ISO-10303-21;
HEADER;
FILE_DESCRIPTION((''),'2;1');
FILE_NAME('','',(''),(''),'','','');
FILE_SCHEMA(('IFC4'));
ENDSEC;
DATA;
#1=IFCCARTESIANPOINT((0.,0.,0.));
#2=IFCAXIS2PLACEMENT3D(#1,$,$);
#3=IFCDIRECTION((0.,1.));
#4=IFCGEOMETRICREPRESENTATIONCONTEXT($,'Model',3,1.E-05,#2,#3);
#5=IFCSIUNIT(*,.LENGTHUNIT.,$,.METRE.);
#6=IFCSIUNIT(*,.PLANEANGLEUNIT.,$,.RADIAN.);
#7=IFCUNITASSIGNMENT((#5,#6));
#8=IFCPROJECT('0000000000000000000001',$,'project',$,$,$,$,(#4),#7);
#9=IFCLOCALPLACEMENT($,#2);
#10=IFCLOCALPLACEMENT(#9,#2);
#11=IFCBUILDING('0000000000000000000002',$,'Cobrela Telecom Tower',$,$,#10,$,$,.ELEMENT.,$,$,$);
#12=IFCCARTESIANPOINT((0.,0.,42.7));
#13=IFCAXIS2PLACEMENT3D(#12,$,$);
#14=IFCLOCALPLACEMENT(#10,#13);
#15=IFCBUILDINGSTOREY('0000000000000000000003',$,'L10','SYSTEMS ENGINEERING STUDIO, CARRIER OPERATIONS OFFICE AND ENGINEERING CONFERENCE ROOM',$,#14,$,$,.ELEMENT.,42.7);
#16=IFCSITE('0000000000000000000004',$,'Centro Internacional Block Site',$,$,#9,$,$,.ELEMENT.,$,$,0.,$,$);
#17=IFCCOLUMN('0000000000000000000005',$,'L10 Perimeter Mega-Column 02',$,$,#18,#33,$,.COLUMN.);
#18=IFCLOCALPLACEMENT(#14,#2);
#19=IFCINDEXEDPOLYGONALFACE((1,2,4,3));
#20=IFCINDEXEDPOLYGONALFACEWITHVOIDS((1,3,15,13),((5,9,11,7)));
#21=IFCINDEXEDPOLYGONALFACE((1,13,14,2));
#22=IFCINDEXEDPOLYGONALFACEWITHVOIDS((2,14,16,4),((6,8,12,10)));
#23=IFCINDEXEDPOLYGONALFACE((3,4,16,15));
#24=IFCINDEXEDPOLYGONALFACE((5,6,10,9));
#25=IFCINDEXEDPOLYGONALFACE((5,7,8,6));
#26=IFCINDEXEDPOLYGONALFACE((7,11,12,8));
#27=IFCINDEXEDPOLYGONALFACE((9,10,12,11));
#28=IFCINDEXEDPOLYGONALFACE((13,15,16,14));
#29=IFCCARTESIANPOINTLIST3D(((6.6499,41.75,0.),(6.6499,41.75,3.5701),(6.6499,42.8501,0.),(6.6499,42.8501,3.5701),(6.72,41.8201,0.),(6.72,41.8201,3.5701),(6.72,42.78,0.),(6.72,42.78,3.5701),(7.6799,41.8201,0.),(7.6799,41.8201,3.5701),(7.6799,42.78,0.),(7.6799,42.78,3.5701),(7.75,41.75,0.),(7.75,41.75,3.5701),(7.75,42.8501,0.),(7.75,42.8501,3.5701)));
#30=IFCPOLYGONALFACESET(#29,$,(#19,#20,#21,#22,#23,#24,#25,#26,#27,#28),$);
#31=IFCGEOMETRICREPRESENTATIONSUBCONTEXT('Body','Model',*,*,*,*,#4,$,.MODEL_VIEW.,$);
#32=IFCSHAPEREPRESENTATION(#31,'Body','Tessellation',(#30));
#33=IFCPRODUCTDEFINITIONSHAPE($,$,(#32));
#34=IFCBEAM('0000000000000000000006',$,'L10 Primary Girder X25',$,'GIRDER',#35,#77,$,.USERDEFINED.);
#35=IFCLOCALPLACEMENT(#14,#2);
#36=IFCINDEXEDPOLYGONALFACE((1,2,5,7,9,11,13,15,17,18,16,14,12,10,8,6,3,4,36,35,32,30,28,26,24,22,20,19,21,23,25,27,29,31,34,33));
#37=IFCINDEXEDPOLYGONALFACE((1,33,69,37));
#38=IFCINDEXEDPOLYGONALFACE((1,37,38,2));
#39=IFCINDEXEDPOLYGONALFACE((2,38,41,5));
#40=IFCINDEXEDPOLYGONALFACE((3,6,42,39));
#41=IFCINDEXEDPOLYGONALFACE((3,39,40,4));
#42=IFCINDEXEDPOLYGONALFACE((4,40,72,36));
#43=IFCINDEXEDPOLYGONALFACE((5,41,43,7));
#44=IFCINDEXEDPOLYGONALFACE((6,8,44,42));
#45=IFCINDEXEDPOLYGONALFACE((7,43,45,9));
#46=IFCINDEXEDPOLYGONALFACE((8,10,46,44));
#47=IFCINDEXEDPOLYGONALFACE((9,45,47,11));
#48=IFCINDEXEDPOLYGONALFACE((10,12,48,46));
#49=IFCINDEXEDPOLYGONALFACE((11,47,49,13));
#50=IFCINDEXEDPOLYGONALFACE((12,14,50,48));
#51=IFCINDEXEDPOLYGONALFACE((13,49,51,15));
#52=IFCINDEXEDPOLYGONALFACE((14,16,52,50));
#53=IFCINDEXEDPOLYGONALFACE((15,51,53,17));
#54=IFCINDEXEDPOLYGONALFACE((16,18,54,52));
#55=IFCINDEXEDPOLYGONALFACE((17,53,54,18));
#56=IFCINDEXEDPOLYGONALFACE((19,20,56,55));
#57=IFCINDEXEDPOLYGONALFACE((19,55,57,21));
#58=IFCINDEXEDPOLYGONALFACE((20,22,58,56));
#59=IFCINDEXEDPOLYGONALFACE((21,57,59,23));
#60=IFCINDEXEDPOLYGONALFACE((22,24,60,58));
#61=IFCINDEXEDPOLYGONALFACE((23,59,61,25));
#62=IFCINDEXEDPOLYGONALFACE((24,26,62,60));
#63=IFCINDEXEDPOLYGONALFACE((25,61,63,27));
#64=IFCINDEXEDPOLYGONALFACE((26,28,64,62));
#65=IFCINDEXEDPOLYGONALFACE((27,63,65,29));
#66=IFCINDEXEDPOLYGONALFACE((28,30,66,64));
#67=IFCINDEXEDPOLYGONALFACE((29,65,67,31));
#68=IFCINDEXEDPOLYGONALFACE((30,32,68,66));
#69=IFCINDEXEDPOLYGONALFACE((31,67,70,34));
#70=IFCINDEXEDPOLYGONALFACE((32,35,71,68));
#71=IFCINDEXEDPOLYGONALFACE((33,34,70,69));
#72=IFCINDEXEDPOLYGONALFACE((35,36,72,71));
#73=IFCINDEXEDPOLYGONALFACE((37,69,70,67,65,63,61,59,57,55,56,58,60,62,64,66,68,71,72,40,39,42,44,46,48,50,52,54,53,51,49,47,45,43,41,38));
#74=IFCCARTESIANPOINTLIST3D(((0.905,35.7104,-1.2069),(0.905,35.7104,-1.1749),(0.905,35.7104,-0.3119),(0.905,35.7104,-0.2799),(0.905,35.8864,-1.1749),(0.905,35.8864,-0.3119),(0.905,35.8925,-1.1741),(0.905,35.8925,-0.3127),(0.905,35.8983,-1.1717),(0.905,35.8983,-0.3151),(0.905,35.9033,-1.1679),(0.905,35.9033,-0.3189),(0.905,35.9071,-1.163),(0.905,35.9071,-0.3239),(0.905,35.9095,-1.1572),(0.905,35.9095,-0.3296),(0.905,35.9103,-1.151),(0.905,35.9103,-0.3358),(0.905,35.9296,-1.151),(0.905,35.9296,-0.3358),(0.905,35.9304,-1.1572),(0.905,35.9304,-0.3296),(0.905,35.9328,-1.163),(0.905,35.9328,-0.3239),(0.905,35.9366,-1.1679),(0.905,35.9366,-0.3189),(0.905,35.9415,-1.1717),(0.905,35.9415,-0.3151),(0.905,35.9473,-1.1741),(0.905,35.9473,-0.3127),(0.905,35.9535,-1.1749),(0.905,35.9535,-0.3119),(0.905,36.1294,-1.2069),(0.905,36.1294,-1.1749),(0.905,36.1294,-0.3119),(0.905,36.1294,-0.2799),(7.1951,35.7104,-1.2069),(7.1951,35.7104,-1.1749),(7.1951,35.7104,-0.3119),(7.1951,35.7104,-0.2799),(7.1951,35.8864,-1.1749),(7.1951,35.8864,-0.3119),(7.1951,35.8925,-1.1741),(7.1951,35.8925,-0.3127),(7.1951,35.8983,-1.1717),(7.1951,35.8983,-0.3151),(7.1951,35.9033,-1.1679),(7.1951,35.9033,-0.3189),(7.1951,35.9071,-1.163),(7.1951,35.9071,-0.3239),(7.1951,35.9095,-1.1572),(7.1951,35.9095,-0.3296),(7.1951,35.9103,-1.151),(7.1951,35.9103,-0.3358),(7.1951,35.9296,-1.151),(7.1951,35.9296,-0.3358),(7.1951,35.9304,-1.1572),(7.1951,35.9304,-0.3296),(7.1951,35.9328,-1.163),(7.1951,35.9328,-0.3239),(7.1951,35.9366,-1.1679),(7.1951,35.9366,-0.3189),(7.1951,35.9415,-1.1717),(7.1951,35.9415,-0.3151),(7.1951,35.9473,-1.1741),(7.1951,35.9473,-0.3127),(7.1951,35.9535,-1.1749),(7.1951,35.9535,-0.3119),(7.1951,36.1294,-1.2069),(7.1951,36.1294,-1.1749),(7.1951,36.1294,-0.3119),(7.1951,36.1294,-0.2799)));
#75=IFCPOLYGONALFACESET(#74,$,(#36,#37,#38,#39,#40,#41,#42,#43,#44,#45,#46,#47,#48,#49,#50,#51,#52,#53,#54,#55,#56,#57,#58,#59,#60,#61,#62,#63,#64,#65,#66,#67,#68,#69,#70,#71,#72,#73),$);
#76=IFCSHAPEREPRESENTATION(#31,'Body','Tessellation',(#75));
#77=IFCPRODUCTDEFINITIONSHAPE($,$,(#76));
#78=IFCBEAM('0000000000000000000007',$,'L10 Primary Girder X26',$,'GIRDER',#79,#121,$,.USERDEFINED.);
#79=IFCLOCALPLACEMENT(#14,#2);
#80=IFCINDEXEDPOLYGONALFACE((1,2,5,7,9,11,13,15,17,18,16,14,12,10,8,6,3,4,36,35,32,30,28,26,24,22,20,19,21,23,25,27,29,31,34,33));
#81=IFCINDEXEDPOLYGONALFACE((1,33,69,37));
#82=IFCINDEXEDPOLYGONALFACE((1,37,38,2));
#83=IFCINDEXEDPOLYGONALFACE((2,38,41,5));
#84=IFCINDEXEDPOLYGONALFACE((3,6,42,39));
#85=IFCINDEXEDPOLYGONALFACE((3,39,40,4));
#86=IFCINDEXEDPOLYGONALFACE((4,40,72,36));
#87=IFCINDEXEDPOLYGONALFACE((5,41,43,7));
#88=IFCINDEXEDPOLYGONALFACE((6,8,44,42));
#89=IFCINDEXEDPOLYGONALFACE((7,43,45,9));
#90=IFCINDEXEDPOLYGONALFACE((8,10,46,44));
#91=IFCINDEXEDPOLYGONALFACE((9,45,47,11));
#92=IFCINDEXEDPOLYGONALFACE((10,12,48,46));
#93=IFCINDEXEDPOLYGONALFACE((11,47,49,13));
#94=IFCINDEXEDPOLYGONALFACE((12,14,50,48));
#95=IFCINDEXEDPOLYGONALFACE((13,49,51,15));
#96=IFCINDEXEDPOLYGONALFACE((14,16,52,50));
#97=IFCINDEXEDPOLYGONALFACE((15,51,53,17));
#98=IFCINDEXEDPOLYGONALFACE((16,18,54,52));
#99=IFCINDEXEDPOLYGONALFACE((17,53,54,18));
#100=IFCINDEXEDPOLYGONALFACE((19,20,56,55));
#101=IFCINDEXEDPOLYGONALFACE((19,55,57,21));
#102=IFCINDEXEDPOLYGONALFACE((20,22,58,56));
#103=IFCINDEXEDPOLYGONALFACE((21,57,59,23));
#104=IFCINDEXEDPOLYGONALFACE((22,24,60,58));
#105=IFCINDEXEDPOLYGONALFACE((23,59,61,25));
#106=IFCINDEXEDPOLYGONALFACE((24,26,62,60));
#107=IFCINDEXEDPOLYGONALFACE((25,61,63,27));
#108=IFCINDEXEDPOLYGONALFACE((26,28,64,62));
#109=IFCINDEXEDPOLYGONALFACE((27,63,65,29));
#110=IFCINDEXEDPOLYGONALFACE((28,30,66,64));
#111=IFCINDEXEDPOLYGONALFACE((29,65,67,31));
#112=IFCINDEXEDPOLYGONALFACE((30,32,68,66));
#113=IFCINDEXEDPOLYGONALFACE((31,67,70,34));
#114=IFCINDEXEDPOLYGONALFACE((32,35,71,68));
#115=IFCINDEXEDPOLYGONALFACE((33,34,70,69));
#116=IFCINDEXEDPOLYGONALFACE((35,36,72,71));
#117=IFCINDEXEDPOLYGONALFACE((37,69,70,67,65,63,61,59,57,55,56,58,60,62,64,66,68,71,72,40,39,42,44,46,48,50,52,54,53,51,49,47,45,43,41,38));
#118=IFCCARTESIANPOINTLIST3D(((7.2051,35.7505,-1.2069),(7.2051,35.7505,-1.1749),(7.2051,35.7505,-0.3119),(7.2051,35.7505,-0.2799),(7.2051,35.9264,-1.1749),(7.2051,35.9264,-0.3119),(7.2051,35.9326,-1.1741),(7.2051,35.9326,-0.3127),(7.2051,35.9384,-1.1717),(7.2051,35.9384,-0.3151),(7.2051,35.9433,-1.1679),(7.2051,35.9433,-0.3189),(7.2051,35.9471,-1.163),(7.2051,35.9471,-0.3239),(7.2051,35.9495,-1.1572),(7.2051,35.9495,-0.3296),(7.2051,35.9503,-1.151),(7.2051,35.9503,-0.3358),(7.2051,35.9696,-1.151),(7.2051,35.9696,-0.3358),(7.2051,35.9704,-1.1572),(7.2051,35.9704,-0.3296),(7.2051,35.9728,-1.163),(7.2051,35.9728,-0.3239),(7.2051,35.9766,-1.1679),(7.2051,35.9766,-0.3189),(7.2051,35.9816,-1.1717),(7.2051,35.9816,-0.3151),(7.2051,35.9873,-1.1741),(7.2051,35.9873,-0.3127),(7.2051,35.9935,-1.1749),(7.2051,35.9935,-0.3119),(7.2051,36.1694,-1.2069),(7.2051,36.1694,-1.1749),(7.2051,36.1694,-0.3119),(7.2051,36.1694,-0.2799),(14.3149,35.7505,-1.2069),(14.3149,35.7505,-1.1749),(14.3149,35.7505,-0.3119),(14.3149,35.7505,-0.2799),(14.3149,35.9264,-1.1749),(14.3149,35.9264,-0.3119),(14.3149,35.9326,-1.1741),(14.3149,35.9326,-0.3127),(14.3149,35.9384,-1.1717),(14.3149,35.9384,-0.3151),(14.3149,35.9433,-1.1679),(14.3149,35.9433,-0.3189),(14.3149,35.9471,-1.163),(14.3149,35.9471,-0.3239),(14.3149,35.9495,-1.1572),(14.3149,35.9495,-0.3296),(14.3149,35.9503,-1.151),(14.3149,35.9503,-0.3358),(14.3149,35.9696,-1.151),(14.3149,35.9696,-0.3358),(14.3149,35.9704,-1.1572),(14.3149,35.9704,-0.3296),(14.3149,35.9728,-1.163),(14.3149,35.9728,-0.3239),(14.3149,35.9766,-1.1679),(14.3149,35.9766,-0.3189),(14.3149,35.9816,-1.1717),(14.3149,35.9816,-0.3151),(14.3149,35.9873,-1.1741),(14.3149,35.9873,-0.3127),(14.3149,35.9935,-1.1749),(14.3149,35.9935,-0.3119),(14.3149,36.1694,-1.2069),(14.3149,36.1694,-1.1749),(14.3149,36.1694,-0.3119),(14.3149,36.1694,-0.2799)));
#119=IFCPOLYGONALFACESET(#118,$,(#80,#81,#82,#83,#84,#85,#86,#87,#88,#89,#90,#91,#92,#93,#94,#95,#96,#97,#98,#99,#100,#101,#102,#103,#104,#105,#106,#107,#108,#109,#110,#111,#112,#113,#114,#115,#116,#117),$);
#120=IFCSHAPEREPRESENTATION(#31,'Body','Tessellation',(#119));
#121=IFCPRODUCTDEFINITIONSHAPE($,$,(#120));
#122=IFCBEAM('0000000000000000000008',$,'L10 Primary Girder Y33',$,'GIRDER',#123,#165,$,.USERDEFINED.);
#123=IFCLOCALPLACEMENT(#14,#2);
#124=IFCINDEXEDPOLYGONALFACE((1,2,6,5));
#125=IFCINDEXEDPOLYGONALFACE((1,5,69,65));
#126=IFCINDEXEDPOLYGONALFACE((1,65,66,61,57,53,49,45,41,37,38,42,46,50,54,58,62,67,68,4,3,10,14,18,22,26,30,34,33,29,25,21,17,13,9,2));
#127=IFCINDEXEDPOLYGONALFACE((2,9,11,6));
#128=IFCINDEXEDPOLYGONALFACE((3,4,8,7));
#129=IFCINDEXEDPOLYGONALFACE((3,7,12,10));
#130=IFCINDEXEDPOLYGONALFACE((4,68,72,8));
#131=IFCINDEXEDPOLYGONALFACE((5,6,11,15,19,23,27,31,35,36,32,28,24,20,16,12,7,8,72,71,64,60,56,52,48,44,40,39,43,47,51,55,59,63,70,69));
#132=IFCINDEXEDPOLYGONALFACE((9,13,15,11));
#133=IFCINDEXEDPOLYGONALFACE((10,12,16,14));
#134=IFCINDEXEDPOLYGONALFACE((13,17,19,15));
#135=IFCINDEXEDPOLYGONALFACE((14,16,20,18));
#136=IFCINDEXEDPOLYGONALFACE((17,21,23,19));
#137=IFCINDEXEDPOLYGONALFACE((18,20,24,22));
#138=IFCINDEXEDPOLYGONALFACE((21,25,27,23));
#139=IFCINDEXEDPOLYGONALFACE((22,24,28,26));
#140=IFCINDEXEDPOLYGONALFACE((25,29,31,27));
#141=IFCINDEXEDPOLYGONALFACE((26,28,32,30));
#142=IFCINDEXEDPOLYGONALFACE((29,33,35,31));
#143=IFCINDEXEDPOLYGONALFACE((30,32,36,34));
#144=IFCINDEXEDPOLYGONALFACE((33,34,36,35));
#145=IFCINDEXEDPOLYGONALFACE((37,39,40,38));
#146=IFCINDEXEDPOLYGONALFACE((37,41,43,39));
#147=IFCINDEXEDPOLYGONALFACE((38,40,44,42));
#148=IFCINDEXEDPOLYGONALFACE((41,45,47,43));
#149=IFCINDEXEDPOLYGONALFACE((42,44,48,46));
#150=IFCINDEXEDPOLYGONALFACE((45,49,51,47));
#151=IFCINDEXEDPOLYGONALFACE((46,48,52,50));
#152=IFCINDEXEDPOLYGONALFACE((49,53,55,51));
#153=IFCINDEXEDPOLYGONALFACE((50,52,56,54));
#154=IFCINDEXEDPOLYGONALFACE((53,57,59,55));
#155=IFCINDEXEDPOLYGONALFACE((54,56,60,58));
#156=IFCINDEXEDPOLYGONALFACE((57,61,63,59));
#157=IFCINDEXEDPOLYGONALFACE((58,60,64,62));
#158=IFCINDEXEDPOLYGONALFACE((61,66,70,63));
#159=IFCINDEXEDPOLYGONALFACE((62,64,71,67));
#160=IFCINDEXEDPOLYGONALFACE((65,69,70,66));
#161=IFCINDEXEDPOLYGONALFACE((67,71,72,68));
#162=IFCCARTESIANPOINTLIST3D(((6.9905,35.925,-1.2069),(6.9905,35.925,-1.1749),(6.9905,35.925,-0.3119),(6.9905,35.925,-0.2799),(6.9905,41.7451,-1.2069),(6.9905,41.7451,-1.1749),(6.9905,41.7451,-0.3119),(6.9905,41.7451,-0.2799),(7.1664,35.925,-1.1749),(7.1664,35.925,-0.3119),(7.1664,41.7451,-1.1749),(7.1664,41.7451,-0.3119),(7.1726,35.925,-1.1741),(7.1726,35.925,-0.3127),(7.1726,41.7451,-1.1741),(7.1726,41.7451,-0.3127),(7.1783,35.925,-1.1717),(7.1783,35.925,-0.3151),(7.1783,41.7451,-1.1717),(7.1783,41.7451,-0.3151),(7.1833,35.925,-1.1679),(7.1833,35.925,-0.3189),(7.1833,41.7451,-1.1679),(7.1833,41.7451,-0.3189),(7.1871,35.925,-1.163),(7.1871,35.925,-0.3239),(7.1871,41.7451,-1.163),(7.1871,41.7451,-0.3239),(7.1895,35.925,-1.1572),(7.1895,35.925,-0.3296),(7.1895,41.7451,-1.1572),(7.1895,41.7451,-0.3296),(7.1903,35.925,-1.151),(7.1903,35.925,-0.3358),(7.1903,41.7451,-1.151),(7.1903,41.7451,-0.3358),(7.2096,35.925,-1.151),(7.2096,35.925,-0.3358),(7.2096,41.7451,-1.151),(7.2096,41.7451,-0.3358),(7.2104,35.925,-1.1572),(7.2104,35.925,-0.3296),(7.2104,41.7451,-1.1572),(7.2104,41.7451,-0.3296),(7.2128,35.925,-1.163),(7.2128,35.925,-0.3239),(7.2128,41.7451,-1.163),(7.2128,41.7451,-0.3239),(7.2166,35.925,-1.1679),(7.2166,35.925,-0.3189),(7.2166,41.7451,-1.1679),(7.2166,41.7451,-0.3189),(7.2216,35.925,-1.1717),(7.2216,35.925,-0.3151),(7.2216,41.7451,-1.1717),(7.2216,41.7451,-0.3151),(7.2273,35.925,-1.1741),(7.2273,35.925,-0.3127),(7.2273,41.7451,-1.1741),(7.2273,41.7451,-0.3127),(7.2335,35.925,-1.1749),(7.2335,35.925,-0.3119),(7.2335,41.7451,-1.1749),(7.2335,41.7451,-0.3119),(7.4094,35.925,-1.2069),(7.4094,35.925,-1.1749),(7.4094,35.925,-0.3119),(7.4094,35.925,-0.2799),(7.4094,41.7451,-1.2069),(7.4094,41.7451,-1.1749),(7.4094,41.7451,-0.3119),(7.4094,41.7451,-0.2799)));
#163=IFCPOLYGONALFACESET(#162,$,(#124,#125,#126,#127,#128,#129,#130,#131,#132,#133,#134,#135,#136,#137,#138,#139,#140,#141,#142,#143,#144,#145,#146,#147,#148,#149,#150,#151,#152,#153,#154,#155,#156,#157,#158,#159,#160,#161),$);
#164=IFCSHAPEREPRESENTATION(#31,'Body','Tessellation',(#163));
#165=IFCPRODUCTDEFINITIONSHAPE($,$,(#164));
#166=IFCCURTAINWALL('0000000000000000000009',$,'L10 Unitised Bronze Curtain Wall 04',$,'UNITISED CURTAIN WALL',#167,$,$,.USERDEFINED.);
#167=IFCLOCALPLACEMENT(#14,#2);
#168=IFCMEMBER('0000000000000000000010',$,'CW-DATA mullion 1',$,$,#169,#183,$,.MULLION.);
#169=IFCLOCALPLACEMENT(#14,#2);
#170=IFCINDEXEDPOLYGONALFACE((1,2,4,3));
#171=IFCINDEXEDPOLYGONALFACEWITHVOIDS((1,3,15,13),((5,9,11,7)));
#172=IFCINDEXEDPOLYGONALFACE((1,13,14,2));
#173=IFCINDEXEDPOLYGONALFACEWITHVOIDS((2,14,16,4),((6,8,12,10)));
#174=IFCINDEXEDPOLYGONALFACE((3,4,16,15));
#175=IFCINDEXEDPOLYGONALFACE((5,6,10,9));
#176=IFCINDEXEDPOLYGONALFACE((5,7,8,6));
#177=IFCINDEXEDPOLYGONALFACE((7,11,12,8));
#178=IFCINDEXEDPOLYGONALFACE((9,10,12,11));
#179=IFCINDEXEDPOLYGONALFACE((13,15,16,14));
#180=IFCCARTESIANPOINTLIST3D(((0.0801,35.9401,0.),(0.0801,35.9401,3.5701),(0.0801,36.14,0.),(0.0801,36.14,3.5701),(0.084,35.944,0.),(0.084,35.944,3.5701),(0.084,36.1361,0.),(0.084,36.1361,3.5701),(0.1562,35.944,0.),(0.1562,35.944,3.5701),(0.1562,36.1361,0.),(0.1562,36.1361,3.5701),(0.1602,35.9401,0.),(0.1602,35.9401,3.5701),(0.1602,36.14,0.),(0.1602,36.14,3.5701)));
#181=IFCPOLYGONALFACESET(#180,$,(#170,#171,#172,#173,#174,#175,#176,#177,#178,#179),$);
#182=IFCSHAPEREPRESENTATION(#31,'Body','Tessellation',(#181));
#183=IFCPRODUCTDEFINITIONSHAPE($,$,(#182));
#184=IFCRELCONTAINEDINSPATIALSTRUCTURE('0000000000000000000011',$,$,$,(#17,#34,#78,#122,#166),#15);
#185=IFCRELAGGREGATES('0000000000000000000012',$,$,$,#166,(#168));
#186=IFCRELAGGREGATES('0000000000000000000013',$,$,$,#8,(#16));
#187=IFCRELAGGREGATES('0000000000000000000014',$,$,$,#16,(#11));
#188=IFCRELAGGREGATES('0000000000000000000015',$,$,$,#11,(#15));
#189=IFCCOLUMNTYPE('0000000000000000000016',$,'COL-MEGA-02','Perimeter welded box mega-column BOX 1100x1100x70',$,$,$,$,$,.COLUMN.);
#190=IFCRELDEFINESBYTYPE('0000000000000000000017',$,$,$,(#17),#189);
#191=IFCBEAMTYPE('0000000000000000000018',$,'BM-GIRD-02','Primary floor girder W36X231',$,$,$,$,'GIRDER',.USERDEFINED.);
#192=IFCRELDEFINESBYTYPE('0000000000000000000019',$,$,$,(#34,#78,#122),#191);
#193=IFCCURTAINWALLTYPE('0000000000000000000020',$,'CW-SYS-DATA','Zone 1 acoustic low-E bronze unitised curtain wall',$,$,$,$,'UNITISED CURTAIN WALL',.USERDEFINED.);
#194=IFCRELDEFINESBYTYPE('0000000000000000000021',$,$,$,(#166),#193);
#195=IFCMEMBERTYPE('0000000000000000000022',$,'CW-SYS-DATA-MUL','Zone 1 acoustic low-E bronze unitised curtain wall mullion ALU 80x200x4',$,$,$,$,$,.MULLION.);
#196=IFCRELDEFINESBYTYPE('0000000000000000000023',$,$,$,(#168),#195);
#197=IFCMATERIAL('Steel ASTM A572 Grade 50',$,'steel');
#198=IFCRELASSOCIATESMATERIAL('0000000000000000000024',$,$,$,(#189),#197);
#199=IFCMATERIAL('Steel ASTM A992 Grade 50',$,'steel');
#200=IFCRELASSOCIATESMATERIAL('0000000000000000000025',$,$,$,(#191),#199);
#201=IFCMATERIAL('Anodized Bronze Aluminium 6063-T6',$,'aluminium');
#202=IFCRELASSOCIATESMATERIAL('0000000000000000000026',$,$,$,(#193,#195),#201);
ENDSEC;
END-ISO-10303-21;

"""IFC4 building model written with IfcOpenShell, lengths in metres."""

from ifc_helpers import new_model, si_unit, direction, frame, origin, origin_2d, place, context, subcontext, project, spatial, hollow_rectangle, i_section, extrude, material, material_profile, profile_set, type_object, element, aggregate, save


model = new_model("IFC4")

# Units and contexts
model_context = context("Model", 3, precision=1e-05, world=origin(), true_north=direction((0.0, 1.0)))
body_context = subcontext(model_context, "Body", "Model", "MODEL_VIEW")
ifc_project = project(units=[si_unit("LENGTHUNIT", "METRE"), si_unit("PLANEANGLEUNIT", "RADIAN")], contexts=[model_context])

# Site, building, storey
site_placement = place(None, origin())
site = spatial("IfcSite", under=ifc_project, at=site_placement, Name="Centro Internacional Block Site", CompositionType="ELEMENT", RefElevation=0.0)
building_placement = place(site_placement, origin())
building = spatial("IfcBuilding", under=site, at=building_placement, Name="Cobrela Telecom Tower", CompositionType="ELEMENT")
storey_placement = place(building_placement, frame((0.0, 0.0, 42.7)))
storey = spatial("IfcBuildingStorey", under=building, at=storey_placement, Name="L10", Description="SYSTEMS ENGINEERING STUDIO, CARRIER OPERATIONS OFFICE AND ENGINEERING CONFERENCE ROOM", CompositionType="ELEMENT", Elevation=42.7)

# Column
ifc_material_1 = material(Name="Steel ASTM A572 Grade 50", Category="steel")
ifc_material_profile_1 = material_profile(ifc_material_1, hollow_rectangle(XDim=1.1001, YDim=1.1001, WallThickness=0.0701, at=origin_2d()), Name="BOX 1100x1100x70")
ifc_profile_set_1 = profile_set([ifc_material_profile_1], Name="Steel ASTM A572 Grade 50")
column_type = type_object("IfcColumnType", Name="COL-MEGA-02", Description="Perimeter welded box mega-column BOX 1100x1100x70", PredefinedType="COLUMN", material=ifc_profile_set_1)
column_placement = place(storey_placement, frame((7.2, 42.3, 0.0), z_axis=(0.0, 0.0, 1.0), x_axis=(1.0, 0.0, 0.0)))
element("IfcColumn", 1, at=column_placement, inside=storey, type_object=column_type, Name="L10 Perimeter Mega-Column 02", PredefinedType="COLUMN", context=body_context, shape_type="SweptSolid", body=[
    extrude(hollow_rectangle(XDim=1.1001, YDim=1.1001, WallThickness=0.0701, at=origin_2d()), origin(), (0.0, 0.0, 1.0), 3.5701),
])

# Beams
ifc_material_2 = material(Name="Steel ASTM A992 Grade 50", Category="steel")
ifc_material_profile_2 = material_profile(ifc_material_2, i_section(OverallWidth=0.4189, OverallDepth=0.927, WebThickness=0.0193, FlangeThickness=0.032, FilletRadius=0.0239, at=origin_2d()), Name="W36X231")
ifc_profile_set_2 = profile_set([ifc_material_profile_2], Name="Steel ASTM A992 Grade 50")
beam_type = type_object("IfcBeamType", Name="BM-GIRD-02", Description="Primary floor girder W36X231", ElementType="GIRDER", PredefinedType="USERDEFINED", material=ifc_profile_set_2)
beam_1_placement = place(storey_placement, frame((0.905, 35.9199, -0.7434), z_axis=(1.0, 0.0, 0.0), x_axis=(0.0, 1.0, 0.0)))
element("IfcBeam", 2, at=beam_1_placement, inside=storey, type_object=beam_type, Name="L10 Primary Girder X25", ObjectType="GIRDER", PredefinedType="USERDEFINED", context=body_context, shape_type="SweptSolid", body=[
    extrude(i_section(OverallWidth=0.4189, OverallDepth=0.927, WebThickness=0.0193, FlangeThickness=0.032, FilletRadius=0.0239, at=origin_2d()), origin(), (0.0, 0.0, 1.0), 6.29),
])
beam_2_placement = place(storey_placement, frame((7.2051, 35.96, -0.7434), z_axis=(1.0, 0.0, 0.0), x_axis=(0.0, 1.0, 0.0)))
element("IfcBeam", 3, at=beam_2_placement, inside=storey, type_object=beam_type, Name="L10 Primary Girder X26", ObjectType="GIRDER", PredefinedType="USERDEFINED", context=body_context, shape_type="SweptSolid", body=[
    extrude(i_section(OverallWidth=0.4189, OverallDepth=0.927, WebThickness=0.0193, FlangeThickness=0.032, FilletRadius=0.0239, at=origin_2d()), origin(), (0.0, 0.0, 1.0), 7.1099),
])
beam_3_placement = place(storey_placement, frame((7.2, 35.925, -0.7434), z_axis=(0.0, 1.0, 0.0), x_axis=(-1.0, 0.0, 0.0)))
element("IfcBeam", 4, at=beam_3_placement, inside=storey, type_object=beam_type, Name="L10 Primary Girder Y33", ObjectType="GIRDER", PredefinedType="USERDEFINED", context=body_context, shape_type="SweptSolid", body=[
    extrude(i_section(OverallWidth=0.4189, OverallDepth=0.927, WebThickness=0.0193, FlangeThickness=0.032, FilletRadius=0.0239, at=origin_2d()), origin(), (0.0, 0.0, 1.0), 5.8201),
])

# Curtain wall, member
ifc_material_3 = material(Name="Anodized Bronze Aluminium 6063-T6", Category="aluminium")
curtain_wall_type = type_object("IfcCurtainWallType", Name="CW-SYS-DATA", Description="Zone 1 acoustic low-E bronze unitised curtain wall", ElementType="UNITISED CURTAIN WALL", PredefinedType="USERDEFINED", material=ifc_material_3)
curtain_wall_1_placement = place(storey_placement, origin())
curtain_wall_1 = element("IfcCurtainWall", 5, at=curtain_wall_1_placement, inside=storey, type_object=curtain_wall_type, Name="L10 Unitised Bronze Curtain Wall 04", ObjectType="UNITISED CURTAIN WALL", PredefinedType="USERDEFINED")
ifc_material_profile_3 = material_profile(ifc_material_3, hollow_rectangle(XDim=0.0801, YDim=0.2, WallThickness=0.0039, at=origin_2d()), Name="ALU 80x200x4")
ifc_profile_set_3 = profile_set([ifc_material_profile_3], Name="Anodized Bronze Aluminium 6063-T6")
member_type_1 = type_object("IfcMemberType", Name="CW-SYS-DATA-MUL", Description="Zone 1 acoustic low-E bronze unitised curtain wall mullion ALU 80x200x4", PredefinedType="MULLION", material=ifc_profile_set_3)
member_1_placement = place(storey_placement, frame((0.1201, 36.04, 0.0), z_axis=(0.0, 0.0, 1.0), x_axis=(-1.0, 0.0, 0.0)))
member_1 = element("IfcMember", 6, at=member_1_placement, type_object=member_type_1, Name="CW-DATA mullion 1", PredefinedType="MULLION", context=body_context, shape_type="SweptSolid", body=[
    extrude(hollow_rectangle(XDim=0.0801, YDim=0.2, WallThickness=0.0039, at=origin_2d()), origin(), (0.0, 0.0, 1.0), 3.5701),
])

aggregate(curtain_wall_1, [member_1])

save(model, "model.ifc")
